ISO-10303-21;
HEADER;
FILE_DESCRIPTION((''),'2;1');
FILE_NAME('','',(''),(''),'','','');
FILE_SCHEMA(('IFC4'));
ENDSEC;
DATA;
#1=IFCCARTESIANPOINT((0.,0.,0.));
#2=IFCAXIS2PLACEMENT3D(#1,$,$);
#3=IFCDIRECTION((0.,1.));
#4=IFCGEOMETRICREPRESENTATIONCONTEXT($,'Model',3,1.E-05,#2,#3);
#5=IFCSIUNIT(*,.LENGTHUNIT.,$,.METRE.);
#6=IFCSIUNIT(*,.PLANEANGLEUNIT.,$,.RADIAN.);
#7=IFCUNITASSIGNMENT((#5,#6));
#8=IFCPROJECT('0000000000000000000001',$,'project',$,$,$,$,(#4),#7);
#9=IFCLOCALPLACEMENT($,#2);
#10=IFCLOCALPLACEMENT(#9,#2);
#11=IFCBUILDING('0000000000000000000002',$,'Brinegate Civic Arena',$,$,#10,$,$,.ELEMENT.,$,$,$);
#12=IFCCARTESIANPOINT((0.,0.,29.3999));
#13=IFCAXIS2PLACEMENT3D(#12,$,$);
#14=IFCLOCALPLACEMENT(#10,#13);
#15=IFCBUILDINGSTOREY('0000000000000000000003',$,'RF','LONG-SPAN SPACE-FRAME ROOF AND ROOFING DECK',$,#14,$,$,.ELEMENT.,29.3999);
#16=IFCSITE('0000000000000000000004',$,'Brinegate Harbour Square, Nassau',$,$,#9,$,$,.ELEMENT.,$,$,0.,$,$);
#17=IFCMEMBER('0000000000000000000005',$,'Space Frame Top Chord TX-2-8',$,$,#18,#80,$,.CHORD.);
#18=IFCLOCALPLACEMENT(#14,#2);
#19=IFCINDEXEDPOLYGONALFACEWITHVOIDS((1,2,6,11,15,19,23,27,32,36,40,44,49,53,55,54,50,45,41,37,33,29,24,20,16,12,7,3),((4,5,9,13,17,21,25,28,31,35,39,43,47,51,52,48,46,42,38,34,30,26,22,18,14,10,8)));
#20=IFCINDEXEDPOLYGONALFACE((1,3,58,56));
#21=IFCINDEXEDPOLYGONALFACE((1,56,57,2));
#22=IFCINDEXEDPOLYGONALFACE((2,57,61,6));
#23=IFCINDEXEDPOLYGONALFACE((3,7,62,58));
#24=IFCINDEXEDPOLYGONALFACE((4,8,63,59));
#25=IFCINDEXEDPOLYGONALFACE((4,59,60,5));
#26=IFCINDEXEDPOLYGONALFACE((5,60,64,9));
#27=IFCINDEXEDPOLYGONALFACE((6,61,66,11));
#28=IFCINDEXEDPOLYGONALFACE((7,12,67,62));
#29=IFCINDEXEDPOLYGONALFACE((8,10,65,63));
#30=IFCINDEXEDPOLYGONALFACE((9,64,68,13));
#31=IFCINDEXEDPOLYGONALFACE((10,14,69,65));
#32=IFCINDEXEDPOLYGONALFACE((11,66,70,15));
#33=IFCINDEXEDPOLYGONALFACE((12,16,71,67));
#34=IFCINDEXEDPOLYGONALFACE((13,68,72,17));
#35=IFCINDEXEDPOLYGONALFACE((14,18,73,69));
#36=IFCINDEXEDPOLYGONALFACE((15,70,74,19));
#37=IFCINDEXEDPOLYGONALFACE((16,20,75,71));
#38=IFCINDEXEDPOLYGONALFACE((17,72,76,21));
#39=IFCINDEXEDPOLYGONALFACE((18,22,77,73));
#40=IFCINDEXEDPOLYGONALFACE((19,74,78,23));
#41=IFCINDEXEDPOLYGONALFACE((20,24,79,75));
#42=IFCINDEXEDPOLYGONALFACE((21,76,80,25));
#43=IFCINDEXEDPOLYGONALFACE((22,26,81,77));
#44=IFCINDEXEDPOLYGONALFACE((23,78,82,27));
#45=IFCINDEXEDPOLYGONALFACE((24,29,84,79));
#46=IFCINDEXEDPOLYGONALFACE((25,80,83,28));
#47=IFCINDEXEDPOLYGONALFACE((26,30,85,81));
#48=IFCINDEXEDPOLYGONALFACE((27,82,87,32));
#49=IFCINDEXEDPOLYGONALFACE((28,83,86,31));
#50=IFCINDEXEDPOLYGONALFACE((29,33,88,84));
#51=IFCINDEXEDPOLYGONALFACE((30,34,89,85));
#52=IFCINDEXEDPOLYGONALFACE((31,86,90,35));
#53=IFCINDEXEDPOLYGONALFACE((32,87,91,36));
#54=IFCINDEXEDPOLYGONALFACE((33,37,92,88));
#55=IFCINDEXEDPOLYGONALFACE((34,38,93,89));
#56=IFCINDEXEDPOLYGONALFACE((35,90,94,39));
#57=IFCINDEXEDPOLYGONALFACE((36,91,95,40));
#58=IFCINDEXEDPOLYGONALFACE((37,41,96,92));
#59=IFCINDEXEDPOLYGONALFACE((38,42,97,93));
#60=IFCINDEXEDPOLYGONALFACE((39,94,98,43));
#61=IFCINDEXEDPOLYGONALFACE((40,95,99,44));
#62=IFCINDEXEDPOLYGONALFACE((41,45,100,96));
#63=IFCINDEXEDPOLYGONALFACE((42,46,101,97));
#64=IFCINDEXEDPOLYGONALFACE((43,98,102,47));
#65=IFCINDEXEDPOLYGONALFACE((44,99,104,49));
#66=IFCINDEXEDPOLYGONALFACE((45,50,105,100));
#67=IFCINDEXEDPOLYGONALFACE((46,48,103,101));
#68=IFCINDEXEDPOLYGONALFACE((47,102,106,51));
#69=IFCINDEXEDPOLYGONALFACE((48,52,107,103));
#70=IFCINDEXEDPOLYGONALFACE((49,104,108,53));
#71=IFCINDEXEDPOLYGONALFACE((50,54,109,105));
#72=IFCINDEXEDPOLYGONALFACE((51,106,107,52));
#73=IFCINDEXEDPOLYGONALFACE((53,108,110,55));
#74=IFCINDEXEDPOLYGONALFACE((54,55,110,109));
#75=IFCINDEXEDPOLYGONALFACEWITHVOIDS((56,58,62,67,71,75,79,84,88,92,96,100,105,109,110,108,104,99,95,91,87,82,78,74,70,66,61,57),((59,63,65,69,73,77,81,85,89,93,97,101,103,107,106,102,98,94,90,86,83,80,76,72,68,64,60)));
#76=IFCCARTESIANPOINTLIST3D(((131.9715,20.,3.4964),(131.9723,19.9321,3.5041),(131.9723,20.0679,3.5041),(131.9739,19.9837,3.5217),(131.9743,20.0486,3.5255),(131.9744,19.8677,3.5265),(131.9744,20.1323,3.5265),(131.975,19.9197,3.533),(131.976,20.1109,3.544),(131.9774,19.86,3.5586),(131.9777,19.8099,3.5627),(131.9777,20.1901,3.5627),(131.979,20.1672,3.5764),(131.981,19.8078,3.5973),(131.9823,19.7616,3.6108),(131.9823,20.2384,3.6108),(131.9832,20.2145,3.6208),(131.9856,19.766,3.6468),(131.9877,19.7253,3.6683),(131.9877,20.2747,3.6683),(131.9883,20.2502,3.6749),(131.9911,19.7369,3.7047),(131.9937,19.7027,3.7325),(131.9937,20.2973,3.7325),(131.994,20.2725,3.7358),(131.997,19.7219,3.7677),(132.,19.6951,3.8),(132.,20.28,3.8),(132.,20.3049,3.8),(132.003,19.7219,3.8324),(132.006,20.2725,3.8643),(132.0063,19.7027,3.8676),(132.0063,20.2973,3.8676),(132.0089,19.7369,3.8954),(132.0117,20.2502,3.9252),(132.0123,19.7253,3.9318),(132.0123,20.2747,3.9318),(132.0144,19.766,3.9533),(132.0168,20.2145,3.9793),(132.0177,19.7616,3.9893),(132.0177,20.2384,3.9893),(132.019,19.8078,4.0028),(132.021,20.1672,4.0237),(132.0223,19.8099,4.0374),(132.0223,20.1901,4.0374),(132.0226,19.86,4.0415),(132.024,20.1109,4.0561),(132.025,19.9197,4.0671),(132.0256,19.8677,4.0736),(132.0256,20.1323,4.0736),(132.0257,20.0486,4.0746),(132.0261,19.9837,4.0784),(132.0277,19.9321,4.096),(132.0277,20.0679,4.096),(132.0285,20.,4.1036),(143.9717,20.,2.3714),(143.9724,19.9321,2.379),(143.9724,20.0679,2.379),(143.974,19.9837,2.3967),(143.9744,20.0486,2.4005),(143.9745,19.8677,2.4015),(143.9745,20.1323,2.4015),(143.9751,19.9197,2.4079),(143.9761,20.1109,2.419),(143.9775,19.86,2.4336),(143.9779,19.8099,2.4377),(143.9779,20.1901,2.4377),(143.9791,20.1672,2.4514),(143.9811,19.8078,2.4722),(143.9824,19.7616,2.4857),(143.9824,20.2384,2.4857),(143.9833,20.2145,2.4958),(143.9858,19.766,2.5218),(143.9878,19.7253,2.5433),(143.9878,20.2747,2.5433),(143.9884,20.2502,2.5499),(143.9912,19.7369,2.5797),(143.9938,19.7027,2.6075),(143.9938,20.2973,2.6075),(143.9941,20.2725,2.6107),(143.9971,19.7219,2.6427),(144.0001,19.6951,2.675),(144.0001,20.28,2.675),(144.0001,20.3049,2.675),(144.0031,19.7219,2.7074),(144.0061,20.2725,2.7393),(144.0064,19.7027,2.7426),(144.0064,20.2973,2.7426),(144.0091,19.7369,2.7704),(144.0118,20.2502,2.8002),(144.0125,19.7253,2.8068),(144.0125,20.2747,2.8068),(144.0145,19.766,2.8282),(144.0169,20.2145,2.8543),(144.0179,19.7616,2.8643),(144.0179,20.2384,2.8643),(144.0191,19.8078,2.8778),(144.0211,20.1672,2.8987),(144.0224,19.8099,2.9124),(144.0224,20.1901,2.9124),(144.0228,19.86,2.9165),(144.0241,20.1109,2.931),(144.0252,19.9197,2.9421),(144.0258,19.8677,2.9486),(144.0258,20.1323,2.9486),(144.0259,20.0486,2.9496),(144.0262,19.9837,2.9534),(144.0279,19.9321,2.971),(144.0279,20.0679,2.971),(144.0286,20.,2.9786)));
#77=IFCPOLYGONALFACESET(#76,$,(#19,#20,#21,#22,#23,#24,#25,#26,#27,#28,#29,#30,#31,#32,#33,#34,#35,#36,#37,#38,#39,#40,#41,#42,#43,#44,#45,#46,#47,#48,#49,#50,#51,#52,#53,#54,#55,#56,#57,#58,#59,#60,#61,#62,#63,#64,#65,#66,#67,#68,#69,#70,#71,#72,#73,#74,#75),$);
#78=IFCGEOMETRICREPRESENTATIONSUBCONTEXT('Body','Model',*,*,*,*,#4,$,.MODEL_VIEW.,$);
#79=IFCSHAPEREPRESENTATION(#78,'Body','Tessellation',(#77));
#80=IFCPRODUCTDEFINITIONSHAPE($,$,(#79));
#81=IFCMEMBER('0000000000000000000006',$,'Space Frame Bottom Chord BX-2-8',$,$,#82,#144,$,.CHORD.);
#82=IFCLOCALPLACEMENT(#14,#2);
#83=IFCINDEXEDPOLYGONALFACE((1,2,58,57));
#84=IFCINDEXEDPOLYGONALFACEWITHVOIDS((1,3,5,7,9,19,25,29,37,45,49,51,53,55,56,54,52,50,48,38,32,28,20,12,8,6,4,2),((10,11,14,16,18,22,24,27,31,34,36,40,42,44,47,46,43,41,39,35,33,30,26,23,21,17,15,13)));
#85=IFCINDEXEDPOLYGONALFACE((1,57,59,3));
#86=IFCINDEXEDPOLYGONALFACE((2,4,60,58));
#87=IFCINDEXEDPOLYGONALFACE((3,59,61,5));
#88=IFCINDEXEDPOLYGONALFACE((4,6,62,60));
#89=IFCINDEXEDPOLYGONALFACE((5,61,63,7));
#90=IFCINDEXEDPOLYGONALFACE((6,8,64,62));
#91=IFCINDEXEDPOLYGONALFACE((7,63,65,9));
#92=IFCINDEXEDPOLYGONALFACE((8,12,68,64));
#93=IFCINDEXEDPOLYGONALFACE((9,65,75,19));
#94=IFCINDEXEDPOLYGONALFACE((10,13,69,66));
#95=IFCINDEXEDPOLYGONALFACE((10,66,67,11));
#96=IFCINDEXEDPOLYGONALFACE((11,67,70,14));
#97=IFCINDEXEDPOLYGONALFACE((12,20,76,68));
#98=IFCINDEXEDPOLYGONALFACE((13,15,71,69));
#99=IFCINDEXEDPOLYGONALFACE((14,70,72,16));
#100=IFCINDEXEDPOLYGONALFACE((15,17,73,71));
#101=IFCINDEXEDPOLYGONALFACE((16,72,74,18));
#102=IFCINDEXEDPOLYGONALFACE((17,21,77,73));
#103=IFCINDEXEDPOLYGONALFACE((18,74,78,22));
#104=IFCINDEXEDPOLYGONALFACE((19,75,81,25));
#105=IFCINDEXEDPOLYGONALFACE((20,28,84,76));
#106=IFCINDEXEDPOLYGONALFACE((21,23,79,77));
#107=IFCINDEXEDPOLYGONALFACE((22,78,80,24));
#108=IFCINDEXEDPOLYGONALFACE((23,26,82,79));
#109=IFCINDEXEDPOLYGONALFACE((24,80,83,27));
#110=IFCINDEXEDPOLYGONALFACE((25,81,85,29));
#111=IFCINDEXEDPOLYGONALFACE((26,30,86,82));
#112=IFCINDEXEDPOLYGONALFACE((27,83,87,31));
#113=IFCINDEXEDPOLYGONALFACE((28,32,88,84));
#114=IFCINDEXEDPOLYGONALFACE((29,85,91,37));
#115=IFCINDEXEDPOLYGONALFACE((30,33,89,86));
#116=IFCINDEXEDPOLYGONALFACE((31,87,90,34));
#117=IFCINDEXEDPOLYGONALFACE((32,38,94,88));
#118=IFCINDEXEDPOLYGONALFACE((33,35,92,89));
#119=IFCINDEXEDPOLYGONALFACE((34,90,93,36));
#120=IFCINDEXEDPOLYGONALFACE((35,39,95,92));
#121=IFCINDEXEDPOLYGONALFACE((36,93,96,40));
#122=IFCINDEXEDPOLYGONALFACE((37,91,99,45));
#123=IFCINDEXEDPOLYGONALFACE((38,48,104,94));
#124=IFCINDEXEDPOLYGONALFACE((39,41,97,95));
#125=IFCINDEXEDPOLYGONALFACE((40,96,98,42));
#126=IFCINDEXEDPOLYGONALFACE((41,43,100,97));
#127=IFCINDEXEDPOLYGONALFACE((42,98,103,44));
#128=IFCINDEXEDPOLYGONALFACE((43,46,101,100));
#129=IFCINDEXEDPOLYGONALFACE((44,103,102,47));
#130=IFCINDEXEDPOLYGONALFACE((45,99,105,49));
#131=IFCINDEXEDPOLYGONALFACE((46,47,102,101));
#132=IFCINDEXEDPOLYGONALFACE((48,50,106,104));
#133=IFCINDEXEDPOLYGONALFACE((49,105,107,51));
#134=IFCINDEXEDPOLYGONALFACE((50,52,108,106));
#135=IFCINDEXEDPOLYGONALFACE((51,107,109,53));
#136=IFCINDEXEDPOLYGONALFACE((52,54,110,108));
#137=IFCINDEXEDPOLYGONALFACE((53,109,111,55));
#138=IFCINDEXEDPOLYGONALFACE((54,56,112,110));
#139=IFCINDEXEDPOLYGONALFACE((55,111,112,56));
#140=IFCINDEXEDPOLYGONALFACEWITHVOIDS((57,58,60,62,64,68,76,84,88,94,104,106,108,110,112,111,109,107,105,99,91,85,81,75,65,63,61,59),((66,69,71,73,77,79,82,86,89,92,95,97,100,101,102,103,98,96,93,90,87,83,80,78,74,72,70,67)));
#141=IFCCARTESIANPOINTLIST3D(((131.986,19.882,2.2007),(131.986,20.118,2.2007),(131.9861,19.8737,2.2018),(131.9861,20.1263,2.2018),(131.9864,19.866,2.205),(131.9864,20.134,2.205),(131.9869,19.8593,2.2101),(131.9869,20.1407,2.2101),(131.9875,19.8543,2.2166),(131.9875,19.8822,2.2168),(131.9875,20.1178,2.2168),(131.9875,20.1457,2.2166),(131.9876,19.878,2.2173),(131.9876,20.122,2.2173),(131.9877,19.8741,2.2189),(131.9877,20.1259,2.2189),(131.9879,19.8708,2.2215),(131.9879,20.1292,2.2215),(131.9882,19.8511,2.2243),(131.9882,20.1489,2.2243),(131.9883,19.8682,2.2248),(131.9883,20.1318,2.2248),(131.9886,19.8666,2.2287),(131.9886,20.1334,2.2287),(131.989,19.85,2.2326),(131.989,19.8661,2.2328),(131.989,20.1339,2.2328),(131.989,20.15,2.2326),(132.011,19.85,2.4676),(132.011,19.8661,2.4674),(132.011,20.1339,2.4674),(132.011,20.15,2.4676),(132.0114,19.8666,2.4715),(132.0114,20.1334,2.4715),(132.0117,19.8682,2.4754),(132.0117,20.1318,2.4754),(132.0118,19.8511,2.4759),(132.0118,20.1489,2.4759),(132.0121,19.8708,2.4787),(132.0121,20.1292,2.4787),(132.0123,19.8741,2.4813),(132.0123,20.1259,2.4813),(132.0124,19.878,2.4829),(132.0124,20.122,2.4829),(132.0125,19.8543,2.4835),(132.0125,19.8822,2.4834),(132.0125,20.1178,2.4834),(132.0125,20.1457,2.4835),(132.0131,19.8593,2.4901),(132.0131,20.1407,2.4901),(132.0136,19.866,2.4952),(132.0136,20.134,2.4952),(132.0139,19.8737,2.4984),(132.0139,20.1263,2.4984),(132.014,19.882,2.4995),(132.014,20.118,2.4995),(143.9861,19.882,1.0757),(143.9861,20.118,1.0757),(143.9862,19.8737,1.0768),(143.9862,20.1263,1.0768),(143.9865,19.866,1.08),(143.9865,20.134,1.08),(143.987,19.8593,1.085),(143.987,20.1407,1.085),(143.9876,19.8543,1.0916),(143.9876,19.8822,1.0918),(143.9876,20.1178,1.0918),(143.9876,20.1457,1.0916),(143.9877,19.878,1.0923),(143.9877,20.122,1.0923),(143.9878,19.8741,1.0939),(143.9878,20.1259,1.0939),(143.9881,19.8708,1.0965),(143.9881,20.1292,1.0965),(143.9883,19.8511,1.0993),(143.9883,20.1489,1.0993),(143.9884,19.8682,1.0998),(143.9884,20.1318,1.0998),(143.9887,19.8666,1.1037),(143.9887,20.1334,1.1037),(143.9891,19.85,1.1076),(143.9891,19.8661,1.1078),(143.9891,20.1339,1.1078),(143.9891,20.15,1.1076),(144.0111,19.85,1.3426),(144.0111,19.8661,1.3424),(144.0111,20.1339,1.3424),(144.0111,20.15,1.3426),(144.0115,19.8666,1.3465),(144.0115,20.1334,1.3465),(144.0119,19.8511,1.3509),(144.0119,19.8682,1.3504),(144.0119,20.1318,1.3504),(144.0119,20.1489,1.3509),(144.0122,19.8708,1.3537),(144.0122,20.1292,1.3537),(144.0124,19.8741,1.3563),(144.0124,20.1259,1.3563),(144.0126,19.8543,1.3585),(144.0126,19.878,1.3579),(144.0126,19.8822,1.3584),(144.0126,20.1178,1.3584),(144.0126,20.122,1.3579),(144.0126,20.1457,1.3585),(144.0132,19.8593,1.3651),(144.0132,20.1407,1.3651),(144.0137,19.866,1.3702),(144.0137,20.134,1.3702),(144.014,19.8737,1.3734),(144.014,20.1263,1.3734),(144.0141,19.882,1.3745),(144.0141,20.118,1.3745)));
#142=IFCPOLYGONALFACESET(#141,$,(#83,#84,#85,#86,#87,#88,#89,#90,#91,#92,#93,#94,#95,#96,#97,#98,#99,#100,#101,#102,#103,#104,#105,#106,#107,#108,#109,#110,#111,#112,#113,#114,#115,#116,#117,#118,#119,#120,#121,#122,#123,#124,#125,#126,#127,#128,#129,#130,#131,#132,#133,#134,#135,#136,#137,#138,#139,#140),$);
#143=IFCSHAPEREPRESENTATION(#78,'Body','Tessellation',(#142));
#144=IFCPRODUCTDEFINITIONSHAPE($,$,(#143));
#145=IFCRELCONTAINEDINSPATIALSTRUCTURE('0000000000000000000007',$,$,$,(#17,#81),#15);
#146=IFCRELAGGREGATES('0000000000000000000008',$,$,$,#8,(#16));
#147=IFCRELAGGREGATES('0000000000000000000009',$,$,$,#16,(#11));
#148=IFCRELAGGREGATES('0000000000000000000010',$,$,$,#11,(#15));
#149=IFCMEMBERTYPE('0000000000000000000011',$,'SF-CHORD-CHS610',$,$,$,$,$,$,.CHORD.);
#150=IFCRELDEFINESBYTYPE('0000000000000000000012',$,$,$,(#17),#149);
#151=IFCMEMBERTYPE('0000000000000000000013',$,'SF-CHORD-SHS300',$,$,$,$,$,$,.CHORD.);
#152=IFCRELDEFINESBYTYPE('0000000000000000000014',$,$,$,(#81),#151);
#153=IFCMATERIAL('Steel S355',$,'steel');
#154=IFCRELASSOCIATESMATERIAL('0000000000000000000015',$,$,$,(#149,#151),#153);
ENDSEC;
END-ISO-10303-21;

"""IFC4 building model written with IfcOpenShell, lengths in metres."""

from ifc_helpers import new_model, si_unit, direction, frame, origin, origin_2d, place, context, subcontext, project, spatial, hollow_rectangle, hollow_circle, extrude, material, material_profile, profile_set, type_object, element, save


model = new_model("IFC4")

# Units and contexts
model_context = context("Model", 3, precision=1e-05, world=origin(), true_north=direction((0.0, 1.0)))
body_context = subcontext(model_context, "Body", "Model", "MODEL_VIEW")
ifc_project = project(units=[si_unit("LENGTHUNIT", "METRE"), si_unit("PLANEANGLEUNIT", "RADIAN")], contexts=[model_context])

# Site, building, storey
site_placement = place(None, origin())
site = spatial("IfcSite", under=ifc_project, at=site_placement, Name="Brinegate Harbour Square, Nassau", CompositionType="ELEMENT", RefElevation=0.0)
building_placement = place(site_placement, origin())
building = spatial("IfcBuilding", under=site, at=building_placement, Name="Brinegate Civic Arena", CompositionType="ELEMENT")
storey_placement = place(building_placement, frame((0.0, 0.0, 29.3999)))
storey = spatial("IfcBuildingStorey", under=building, at=storey_placement, Name="RF", Description="LONG-SPAN SPACE-FRAME ROOF AND ROOFING DECK", CompositionType="ELEMENT", Elevation=29.3999)

# Shared definitions
ifc_material_1 = material(Name="Steel S355", Category="steel")

# Members
ifc_material_profile_1 = material_profile(ifc_material_1, hollow_circle(Radius=0.3049, WallThickness=0.0249, at=origin_2d()), Name="CHS610X25")
ifc_profile_set_1 = profile_set([ifc_material_profile_1], Name="Steel S355")
member_type_1 = type_object("IfcMemberType", Name="SF-CHORD-CHS610", PredefinedType="CHORD", material=ifc_profile_set_1)
for number, where, z_axis, x_axis, name in (
    (1, (132.0, 20.0, 3.8), (0.995634, 0.0, -0.093341), (0.0, 1.0, 0.0), "Space Frame Top Chord TX-2-8"),
):
    element("IfcMember", number, at=place(storey_placement, frame(where, z_axis=z_axis, x_axis=x_axis)), inside=storey, type_object=member_type_1, Name=name, PredefinedType="CHORD", context=body_context, shape_type="SweptSolid", body=[
        extrude(hollow_circle(Radius=0.3049, WallThickness=0.0249, at=origin_2d()), origin(), (0.0, 0.0, 1.0), 12.0527),
    ])
ifc_material_profile_2 = material_profile(ifc_material_1, hollow_rectangle(XDim=0.3, YDim=0.3, WallThickness=0.0161, InnerFilletRadius=0.0161, OuterFilletRadius=0.032, at=origin_2d()), Name="SHS300X16")
ifc_profile_set_2 = profile_set([ifc_material_profile_2], Name="Steel S355")
member_type_2 = type_object("IfcMemberType", Name="SF-CHORD-SHS300", PredefinedType="CHORD", material=ifc_profile_set_2)
member_1_placement = place(storey_placement, frame((132.0, 20.0, 2.3501), z_axis=(0.995634, 0.0, -0.093341), x_axis=(0.0, 1.0, 0.0)))
element("IfcMember", 2, at=member_1_placement, inside=storey, type_object=member_type_2, Name="Space Frame Bottom Chord BX-2-8", PredefinedType="CHORD", context=body_context, shape_type="SweptSolid", body=[
    extrude(hollow_rectangle(XDim=0.3, YDim=0.3, WallThickness=0.0161, InnerFilletRadius=0.0161, OuterFilletRadius=0.032, at=origin_2d()), origin(), (0.0, 0.0, 1.0), 12.0527),
])

save(model, "model.ifc")
